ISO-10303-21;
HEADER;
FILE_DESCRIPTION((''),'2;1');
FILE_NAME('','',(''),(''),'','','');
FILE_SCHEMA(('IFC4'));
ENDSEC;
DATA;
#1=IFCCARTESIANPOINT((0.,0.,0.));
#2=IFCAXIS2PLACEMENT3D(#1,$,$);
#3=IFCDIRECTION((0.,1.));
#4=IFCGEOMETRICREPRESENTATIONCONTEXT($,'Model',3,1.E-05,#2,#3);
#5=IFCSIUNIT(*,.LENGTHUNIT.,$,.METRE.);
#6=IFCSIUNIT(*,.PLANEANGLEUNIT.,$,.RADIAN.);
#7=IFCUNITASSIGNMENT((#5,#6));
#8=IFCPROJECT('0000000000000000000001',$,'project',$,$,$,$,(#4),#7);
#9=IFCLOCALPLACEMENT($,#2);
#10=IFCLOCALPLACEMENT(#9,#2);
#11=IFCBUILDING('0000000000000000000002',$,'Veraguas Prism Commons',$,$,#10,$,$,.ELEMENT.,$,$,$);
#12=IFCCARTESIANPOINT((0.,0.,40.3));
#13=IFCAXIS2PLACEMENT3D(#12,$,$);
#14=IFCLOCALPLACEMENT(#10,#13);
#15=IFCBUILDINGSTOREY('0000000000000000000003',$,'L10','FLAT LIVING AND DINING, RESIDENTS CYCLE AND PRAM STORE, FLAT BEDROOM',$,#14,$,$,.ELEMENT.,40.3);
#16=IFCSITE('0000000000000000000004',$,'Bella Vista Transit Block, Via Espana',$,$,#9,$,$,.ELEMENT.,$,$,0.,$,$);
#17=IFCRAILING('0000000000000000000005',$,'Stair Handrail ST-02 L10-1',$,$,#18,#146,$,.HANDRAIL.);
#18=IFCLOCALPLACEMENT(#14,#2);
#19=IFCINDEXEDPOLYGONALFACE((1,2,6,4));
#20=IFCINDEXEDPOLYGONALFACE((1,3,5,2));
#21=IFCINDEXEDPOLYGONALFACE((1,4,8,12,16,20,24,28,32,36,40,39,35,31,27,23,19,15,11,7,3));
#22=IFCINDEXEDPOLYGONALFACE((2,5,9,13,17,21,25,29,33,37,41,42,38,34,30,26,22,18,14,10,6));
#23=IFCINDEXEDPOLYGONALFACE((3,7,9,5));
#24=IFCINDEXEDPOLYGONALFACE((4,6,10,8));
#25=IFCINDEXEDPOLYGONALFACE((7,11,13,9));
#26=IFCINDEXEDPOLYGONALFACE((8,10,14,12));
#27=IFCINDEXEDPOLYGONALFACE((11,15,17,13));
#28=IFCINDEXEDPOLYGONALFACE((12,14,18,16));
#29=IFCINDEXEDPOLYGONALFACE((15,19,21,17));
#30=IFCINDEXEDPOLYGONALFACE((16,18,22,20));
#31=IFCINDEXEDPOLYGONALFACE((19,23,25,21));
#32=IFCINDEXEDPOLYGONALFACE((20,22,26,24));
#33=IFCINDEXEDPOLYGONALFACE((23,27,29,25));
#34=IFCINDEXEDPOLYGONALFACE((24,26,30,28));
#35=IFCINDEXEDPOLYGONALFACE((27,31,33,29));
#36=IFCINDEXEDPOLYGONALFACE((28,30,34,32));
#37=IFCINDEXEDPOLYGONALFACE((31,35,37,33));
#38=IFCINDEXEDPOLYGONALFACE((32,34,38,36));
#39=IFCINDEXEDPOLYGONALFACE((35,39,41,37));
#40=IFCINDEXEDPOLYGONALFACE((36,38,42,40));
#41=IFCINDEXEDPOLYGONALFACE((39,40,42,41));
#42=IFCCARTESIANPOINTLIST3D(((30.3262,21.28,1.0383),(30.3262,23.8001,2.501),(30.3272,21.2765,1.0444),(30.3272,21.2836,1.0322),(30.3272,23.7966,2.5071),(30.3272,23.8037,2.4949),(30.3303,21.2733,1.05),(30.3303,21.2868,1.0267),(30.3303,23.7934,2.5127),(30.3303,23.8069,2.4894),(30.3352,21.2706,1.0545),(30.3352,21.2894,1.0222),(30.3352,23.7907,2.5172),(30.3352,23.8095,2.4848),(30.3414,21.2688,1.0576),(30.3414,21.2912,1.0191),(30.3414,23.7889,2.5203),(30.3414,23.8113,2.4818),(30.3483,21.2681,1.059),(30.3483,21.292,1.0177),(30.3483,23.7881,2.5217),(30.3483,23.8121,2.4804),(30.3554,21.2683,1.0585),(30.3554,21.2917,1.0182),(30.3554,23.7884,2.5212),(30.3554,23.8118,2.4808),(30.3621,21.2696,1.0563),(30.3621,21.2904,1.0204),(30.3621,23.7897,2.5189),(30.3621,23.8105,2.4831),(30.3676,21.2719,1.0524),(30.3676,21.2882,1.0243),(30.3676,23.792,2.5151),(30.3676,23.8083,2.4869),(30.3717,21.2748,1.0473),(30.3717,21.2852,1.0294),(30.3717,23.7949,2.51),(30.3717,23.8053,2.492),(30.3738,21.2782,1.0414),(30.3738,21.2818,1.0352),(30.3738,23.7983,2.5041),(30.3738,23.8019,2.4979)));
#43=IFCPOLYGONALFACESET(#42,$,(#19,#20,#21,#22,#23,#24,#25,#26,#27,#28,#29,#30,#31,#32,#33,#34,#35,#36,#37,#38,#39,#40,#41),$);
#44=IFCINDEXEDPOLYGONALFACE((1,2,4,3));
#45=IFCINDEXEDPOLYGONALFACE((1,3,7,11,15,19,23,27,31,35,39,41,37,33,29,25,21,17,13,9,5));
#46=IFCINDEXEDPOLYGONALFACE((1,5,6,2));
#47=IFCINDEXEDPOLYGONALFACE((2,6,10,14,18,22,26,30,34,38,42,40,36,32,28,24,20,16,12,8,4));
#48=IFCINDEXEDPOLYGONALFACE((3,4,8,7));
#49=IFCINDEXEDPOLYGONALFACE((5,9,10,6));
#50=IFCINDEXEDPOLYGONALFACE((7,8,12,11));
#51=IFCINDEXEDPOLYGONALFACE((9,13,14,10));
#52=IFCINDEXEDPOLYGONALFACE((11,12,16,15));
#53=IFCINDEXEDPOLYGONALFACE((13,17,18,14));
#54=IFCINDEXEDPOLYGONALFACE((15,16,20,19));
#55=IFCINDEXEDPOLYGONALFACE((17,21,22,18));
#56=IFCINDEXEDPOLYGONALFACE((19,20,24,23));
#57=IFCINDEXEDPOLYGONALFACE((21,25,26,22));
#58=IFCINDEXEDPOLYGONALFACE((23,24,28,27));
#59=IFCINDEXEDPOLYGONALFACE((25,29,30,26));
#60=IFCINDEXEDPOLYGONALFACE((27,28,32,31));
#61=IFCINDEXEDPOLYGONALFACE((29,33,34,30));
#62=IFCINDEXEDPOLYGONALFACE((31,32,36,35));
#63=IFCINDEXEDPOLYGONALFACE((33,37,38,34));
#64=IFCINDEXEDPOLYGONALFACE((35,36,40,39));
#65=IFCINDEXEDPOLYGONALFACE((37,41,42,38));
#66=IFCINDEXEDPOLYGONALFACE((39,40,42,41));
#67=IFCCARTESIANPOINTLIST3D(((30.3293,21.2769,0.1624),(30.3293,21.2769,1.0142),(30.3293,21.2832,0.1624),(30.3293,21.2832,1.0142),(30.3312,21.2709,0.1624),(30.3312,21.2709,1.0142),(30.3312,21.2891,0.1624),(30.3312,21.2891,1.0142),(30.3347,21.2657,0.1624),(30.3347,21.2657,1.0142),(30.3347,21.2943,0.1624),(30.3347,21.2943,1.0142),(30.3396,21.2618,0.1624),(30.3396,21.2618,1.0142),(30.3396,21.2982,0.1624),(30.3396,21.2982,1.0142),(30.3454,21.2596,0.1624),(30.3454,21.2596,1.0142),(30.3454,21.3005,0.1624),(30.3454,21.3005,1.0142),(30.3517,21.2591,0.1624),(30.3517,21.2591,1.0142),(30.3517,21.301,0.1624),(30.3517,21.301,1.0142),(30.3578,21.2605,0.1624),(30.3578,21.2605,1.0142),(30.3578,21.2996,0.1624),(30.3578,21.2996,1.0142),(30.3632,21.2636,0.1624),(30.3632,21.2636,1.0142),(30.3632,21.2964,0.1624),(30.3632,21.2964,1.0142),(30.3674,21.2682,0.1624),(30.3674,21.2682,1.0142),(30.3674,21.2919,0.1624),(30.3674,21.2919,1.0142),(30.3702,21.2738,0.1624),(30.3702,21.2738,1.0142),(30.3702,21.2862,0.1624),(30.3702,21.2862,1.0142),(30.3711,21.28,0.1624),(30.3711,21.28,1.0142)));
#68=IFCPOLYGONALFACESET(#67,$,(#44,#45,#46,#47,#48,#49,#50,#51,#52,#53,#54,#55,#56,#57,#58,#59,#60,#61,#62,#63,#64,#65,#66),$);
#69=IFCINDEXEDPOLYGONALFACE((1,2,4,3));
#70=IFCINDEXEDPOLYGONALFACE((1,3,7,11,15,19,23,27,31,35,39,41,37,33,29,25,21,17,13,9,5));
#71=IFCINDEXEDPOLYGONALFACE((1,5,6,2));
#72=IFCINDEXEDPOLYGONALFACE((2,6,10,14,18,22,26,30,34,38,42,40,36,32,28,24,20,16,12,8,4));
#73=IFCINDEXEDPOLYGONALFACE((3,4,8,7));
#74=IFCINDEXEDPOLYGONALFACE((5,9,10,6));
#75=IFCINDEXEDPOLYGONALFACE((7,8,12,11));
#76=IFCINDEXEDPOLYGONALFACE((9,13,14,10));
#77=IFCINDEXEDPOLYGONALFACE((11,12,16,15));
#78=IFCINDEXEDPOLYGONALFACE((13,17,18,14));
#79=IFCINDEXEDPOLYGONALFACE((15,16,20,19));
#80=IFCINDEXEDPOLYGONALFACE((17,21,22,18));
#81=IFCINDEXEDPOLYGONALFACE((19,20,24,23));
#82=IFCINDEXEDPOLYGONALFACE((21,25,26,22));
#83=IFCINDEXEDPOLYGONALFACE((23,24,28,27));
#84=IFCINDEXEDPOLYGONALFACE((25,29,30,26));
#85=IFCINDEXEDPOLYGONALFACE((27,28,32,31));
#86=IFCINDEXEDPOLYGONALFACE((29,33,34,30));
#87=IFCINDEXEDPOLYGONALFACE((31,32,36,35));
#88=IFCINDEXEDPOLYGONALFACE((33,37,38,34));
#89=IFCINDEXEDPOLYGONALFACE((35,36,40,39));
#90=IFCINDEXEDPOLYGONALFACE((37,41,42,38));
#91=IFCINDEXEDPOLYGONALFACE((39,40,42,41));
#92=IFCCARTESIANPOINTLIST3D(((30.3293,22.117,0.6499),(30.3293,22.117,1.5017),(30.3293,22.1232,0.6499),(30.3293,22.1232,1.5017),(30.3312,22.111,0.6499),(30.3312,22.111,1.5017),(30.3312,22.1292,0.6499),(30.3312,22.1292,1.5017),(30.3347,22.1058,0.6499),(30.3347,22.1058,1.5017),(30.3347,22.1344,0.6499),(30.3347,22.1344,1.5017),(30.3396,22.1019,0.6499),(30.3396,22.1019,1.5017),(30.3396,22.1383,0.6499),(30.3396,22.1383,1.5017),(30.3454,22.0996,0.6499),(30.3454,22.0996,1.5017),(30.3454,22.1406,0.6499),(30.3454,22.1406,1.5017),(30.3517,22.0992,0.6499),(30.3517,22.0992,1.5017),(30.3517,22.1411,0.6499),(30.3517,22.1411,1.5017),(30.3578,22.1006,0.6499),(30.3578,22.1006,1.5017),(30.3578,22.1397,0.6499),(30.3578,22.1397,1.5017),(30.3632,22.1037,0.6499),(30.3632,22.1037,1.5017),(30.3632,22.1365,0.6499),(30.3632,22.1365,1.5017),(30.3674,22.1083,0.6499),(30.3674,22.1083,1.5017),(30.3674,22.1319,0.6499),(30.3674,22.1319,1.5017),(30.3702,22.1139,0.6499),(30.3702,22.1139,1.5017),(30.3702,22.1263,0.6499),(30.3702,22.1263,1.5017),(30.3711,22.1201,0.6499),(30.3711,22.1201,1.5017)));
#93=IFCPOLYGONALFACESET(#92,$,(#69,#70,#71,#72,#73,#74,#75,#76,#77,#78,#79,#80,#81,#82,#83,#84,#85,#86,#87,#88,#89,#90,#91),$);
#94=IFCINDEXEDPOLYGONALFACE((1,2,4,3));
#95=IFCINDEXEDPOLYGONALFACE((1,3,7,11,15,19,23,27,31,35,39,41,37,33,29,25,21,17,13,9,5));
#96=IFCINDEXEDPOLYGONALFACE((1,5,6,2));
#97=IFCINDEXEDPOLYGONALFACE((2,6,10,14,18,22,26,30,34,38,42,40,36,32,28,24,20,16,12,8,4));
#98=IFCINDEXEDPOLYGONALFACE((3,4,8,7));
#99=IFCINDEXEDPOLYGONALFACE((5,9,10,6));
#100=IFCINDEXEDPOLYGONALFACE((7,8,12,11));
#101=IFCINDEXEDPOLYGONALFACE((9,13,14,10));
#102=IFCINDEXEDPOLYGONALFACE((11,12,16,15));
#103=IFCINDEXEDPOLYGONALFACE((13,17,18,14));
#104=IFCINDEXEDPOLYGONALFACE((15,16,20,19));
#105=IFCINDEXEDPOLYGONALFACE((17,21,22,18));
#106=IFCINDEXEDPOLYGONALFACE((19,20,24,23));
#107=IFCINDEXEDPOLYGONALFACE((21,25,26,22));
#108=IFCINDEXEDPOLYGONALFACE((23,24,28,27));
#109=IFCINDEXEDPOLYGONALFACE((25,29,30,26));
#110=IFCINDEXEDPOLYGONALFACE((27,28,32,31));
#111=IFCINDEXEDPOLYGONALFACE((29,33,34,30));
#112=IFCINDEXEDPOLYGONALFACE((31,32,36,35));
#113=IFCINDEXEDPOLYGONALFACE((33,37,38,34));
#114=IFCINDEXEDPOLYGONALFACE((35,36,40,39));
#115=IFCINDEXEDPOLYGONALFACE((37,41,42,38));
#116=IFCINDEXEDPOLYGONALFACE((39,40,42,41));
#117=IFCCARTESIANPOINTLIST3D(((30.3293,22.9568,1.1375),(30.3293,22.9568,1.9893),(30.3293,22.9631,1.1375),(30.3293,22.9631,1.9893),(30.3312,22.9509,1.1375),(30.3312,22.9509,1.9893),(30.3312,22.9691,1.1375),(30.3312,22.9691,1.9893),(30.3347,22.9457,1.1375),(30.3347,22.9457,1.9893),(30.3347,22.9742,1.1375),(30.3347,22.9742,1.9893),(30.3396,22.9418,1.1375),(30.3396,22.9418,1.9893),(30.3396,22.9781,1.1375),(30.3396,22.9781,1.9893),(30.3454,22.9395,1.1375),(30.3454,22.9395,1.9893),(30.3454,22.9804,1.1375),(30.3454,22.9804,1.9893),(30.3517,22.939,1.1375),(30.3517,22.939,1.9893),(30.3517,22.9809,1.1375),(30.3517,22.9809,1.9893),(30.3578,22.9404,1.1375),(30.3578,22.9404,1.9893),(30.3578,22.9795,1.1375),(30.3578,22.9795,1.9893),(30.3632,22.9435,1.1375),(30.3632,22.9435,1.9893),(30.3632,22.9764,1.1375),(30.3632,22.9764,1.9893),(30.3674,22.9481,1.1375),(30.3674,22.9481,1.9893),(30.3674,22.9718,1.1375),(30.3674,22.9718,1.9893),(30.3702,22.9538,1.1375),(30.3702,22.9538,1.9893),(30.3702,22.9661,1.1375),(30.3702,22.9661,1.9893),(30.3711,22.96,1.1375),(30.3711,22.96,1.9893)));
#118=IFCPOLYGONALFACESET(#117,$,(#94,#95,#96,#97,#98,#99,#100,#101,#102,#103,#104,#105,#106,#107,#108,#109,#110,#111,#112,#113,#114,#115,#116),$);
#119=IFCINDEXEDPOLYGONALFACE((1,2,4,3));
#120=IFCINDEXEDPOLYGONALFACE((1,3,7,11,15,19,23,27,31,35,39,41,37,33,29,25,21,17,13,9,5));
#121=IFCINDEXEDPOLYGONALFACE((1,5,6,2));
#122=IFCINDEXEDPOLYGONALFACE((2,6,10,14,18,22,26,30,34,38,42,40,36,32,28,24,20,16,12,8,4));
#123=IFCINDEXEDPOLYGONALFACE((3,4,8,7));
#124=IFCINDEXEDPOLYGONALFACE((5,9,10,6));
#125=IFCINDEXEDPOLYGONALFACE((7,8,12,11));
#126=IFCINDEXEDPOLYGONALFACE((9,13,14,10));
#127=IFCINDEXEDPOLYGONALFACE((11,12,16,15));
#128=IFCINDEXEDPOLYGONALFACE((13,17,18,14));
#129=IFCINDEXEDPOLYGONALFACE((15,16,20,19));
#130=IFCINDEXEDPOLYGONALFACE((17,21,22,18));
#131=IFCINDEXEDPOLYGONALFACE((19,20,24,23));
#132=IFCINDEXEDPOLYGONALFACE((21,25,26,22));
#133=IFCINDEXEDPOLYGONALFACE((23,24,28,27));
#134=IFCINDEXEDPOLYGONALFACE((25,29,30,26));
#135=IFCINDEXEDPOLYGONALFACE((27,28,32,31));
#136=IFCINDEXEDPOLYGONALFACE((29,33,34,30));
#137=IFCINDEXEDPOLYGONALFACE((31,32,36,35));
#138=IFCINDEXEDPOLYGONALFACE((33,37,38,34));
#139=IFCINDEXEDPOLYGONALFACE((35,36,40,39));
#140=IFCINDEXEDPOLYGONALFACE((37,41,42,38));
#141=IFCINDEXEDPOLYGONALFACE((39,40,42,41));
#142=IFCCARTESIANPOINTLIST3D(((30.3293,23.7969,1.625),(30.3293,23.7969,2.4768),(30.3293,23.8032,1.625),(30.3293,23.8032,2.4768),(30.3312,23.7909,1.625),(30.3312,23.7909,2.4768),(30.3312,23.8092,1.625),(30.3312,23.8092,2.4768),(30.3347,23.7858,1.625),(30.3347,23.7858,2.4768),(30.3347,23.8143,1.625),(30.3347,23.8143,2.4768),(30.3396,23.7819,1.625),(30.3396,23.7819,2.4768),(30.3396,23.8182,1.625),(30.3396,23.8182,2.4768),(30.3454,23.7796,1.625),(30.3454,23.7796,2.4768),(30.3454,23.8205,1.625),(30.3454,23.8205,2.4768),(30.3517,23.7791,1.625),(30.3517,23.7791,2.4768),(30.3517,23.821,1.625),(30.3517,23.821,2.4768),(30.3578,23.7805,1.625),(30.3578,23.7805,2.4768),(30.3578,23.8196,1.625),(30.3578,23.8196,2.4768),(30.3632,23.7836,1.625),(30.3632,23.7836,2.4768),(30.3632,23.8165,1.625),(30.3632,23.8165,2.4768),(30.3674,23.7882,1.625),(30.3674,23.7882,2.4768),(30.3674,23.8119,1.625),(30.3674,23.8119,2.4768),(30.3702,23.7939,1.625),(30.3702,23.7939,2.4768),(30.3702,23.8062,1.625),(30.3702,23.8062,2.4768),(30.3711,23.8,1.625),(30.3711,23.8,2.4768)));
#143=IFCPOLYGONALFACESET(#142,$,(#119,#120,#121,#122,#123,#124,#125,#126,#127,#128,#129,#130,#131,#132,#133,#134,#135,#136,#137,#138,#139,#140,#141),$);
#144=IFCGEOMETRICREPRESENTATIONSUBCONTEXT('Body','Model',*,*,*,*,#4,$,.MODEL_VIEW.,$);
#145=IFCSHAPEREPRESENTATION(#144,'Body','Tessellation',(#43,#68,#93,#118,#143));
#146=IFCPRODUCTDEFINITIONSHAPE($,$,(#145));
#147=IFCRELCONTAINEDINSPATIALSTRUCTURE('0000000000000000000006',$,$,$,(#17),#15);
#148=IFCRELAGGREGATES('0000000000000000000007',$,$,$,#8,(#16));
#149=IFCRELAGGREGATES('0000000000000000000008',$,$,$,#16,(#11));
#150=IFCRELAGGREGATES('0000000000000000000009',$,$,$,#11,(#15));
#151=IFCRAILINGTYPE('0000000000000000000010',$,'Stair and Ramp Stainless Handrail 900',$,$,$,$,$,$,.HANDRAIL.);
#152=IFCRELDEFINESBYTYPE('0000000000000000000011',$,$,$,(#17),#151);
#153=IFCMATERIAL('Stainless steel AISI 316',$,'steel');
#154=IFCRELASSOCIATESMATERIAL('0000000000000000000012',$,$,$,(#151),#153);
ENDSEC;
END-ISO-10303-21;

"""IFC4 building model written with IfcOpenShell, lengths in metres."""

from ifc_helpers import new_model, si_unit, direction, frame, origin, origin_2d, place, context, subcontext, project, spatial, circle, extrude, material, type_object, element, save


model = new_model("IFC4")

# Units and contexts
model_context = context("Model", 3, precision=1e-05, world=origin(), true_north=direction((0.0, 1.0)))
body_context = subcontext(model_context, "Body", "Model", "MODEL_VIEW")
ifc_project = project(units=[si_unit("LENGTHUNIT", "METRE"), si_unit("PLANEANGLEUNIT", "RADIAN")], contexts=[model_context])

# Site, building, storey
site_placement = place(None, origin())
site = spatial("IfcSite", under=ifc_project, at=site_placement, Name="Bella Vista Transit Block, Via Espana", CompositionType="ELEMENT", RefElevation=0.0)
building_placement = place(site_placement, origin())
building = spatial("IfcBuilding", under=site, at=building_placement, Name="Veraguas Prism Commons", CompositionType="ELEMENT")
storey_placement = place(building_placement, frame((0.0, 0.0, 40.3)))
storey = spatial("IfcBuildingStorey", under=building, at=storey_placement, Name="L10", Description="FLAT LIVING AND DINING, RESIDENTS CYCLE AND PRAM STORE, FLAT BEDROOM", CompositionType="ELEMENT", Elevation=40.3)

# Shared definitions
ifc_material_1 = material(Name="Stainless steel AISI 316", Category="steel")

# Railing
railing_type_1 = type_object("IfcRailingType", Name="Stair and Ramp Stainless Handrail 900", PredefinedType="HANDRAIL", material=ifc_material_1)
railing_1_placement = place(storey_placement, frame((30.3501, 21.28, 0.1624)))
element("IfcRailing", 1, at=railing_1_placement, inside=storey, type_object=railing_type_1, Name="Stair Handrail ST-02 L10-1", PredefinedType="HANDRAIL", context=body_context, shape_type="SweptSolid", body=[
    extrude(circle(Radius=0.0239, at=origin_2d()), frame((0.0, 0.0, 0.876), z_axis=(0.0, 0.864877, 0.501984), x_axis=(-1.0, 0.0, 0.0)), (0.0, 0.0, 1.0), 2.9138),
    extrude(circle(Radius=0.021, at=origin_2d()), origin(), (0.0, 0.0, 1.0), 0.8518),
    extrude(circle(Radius=0.021, at=origin_2d()), frame((0.0, 0.8401, 0.4875)), (0.0, 0.0, 1.0), 0.8518),
    extrude(circle(Radius=0.021, at=origin_2d()), frame((0.0, 1.6799, 0.9751)), (0.0, 0.0, 1.0), 0.8518),
    extrude(circle(Radius=0.021, at=origin_2d()), frame((0.0, 2.52, 1.4626)), (0.0, 0.0, 1.0), 0.8518),
])

save(model, "model.ifc")
